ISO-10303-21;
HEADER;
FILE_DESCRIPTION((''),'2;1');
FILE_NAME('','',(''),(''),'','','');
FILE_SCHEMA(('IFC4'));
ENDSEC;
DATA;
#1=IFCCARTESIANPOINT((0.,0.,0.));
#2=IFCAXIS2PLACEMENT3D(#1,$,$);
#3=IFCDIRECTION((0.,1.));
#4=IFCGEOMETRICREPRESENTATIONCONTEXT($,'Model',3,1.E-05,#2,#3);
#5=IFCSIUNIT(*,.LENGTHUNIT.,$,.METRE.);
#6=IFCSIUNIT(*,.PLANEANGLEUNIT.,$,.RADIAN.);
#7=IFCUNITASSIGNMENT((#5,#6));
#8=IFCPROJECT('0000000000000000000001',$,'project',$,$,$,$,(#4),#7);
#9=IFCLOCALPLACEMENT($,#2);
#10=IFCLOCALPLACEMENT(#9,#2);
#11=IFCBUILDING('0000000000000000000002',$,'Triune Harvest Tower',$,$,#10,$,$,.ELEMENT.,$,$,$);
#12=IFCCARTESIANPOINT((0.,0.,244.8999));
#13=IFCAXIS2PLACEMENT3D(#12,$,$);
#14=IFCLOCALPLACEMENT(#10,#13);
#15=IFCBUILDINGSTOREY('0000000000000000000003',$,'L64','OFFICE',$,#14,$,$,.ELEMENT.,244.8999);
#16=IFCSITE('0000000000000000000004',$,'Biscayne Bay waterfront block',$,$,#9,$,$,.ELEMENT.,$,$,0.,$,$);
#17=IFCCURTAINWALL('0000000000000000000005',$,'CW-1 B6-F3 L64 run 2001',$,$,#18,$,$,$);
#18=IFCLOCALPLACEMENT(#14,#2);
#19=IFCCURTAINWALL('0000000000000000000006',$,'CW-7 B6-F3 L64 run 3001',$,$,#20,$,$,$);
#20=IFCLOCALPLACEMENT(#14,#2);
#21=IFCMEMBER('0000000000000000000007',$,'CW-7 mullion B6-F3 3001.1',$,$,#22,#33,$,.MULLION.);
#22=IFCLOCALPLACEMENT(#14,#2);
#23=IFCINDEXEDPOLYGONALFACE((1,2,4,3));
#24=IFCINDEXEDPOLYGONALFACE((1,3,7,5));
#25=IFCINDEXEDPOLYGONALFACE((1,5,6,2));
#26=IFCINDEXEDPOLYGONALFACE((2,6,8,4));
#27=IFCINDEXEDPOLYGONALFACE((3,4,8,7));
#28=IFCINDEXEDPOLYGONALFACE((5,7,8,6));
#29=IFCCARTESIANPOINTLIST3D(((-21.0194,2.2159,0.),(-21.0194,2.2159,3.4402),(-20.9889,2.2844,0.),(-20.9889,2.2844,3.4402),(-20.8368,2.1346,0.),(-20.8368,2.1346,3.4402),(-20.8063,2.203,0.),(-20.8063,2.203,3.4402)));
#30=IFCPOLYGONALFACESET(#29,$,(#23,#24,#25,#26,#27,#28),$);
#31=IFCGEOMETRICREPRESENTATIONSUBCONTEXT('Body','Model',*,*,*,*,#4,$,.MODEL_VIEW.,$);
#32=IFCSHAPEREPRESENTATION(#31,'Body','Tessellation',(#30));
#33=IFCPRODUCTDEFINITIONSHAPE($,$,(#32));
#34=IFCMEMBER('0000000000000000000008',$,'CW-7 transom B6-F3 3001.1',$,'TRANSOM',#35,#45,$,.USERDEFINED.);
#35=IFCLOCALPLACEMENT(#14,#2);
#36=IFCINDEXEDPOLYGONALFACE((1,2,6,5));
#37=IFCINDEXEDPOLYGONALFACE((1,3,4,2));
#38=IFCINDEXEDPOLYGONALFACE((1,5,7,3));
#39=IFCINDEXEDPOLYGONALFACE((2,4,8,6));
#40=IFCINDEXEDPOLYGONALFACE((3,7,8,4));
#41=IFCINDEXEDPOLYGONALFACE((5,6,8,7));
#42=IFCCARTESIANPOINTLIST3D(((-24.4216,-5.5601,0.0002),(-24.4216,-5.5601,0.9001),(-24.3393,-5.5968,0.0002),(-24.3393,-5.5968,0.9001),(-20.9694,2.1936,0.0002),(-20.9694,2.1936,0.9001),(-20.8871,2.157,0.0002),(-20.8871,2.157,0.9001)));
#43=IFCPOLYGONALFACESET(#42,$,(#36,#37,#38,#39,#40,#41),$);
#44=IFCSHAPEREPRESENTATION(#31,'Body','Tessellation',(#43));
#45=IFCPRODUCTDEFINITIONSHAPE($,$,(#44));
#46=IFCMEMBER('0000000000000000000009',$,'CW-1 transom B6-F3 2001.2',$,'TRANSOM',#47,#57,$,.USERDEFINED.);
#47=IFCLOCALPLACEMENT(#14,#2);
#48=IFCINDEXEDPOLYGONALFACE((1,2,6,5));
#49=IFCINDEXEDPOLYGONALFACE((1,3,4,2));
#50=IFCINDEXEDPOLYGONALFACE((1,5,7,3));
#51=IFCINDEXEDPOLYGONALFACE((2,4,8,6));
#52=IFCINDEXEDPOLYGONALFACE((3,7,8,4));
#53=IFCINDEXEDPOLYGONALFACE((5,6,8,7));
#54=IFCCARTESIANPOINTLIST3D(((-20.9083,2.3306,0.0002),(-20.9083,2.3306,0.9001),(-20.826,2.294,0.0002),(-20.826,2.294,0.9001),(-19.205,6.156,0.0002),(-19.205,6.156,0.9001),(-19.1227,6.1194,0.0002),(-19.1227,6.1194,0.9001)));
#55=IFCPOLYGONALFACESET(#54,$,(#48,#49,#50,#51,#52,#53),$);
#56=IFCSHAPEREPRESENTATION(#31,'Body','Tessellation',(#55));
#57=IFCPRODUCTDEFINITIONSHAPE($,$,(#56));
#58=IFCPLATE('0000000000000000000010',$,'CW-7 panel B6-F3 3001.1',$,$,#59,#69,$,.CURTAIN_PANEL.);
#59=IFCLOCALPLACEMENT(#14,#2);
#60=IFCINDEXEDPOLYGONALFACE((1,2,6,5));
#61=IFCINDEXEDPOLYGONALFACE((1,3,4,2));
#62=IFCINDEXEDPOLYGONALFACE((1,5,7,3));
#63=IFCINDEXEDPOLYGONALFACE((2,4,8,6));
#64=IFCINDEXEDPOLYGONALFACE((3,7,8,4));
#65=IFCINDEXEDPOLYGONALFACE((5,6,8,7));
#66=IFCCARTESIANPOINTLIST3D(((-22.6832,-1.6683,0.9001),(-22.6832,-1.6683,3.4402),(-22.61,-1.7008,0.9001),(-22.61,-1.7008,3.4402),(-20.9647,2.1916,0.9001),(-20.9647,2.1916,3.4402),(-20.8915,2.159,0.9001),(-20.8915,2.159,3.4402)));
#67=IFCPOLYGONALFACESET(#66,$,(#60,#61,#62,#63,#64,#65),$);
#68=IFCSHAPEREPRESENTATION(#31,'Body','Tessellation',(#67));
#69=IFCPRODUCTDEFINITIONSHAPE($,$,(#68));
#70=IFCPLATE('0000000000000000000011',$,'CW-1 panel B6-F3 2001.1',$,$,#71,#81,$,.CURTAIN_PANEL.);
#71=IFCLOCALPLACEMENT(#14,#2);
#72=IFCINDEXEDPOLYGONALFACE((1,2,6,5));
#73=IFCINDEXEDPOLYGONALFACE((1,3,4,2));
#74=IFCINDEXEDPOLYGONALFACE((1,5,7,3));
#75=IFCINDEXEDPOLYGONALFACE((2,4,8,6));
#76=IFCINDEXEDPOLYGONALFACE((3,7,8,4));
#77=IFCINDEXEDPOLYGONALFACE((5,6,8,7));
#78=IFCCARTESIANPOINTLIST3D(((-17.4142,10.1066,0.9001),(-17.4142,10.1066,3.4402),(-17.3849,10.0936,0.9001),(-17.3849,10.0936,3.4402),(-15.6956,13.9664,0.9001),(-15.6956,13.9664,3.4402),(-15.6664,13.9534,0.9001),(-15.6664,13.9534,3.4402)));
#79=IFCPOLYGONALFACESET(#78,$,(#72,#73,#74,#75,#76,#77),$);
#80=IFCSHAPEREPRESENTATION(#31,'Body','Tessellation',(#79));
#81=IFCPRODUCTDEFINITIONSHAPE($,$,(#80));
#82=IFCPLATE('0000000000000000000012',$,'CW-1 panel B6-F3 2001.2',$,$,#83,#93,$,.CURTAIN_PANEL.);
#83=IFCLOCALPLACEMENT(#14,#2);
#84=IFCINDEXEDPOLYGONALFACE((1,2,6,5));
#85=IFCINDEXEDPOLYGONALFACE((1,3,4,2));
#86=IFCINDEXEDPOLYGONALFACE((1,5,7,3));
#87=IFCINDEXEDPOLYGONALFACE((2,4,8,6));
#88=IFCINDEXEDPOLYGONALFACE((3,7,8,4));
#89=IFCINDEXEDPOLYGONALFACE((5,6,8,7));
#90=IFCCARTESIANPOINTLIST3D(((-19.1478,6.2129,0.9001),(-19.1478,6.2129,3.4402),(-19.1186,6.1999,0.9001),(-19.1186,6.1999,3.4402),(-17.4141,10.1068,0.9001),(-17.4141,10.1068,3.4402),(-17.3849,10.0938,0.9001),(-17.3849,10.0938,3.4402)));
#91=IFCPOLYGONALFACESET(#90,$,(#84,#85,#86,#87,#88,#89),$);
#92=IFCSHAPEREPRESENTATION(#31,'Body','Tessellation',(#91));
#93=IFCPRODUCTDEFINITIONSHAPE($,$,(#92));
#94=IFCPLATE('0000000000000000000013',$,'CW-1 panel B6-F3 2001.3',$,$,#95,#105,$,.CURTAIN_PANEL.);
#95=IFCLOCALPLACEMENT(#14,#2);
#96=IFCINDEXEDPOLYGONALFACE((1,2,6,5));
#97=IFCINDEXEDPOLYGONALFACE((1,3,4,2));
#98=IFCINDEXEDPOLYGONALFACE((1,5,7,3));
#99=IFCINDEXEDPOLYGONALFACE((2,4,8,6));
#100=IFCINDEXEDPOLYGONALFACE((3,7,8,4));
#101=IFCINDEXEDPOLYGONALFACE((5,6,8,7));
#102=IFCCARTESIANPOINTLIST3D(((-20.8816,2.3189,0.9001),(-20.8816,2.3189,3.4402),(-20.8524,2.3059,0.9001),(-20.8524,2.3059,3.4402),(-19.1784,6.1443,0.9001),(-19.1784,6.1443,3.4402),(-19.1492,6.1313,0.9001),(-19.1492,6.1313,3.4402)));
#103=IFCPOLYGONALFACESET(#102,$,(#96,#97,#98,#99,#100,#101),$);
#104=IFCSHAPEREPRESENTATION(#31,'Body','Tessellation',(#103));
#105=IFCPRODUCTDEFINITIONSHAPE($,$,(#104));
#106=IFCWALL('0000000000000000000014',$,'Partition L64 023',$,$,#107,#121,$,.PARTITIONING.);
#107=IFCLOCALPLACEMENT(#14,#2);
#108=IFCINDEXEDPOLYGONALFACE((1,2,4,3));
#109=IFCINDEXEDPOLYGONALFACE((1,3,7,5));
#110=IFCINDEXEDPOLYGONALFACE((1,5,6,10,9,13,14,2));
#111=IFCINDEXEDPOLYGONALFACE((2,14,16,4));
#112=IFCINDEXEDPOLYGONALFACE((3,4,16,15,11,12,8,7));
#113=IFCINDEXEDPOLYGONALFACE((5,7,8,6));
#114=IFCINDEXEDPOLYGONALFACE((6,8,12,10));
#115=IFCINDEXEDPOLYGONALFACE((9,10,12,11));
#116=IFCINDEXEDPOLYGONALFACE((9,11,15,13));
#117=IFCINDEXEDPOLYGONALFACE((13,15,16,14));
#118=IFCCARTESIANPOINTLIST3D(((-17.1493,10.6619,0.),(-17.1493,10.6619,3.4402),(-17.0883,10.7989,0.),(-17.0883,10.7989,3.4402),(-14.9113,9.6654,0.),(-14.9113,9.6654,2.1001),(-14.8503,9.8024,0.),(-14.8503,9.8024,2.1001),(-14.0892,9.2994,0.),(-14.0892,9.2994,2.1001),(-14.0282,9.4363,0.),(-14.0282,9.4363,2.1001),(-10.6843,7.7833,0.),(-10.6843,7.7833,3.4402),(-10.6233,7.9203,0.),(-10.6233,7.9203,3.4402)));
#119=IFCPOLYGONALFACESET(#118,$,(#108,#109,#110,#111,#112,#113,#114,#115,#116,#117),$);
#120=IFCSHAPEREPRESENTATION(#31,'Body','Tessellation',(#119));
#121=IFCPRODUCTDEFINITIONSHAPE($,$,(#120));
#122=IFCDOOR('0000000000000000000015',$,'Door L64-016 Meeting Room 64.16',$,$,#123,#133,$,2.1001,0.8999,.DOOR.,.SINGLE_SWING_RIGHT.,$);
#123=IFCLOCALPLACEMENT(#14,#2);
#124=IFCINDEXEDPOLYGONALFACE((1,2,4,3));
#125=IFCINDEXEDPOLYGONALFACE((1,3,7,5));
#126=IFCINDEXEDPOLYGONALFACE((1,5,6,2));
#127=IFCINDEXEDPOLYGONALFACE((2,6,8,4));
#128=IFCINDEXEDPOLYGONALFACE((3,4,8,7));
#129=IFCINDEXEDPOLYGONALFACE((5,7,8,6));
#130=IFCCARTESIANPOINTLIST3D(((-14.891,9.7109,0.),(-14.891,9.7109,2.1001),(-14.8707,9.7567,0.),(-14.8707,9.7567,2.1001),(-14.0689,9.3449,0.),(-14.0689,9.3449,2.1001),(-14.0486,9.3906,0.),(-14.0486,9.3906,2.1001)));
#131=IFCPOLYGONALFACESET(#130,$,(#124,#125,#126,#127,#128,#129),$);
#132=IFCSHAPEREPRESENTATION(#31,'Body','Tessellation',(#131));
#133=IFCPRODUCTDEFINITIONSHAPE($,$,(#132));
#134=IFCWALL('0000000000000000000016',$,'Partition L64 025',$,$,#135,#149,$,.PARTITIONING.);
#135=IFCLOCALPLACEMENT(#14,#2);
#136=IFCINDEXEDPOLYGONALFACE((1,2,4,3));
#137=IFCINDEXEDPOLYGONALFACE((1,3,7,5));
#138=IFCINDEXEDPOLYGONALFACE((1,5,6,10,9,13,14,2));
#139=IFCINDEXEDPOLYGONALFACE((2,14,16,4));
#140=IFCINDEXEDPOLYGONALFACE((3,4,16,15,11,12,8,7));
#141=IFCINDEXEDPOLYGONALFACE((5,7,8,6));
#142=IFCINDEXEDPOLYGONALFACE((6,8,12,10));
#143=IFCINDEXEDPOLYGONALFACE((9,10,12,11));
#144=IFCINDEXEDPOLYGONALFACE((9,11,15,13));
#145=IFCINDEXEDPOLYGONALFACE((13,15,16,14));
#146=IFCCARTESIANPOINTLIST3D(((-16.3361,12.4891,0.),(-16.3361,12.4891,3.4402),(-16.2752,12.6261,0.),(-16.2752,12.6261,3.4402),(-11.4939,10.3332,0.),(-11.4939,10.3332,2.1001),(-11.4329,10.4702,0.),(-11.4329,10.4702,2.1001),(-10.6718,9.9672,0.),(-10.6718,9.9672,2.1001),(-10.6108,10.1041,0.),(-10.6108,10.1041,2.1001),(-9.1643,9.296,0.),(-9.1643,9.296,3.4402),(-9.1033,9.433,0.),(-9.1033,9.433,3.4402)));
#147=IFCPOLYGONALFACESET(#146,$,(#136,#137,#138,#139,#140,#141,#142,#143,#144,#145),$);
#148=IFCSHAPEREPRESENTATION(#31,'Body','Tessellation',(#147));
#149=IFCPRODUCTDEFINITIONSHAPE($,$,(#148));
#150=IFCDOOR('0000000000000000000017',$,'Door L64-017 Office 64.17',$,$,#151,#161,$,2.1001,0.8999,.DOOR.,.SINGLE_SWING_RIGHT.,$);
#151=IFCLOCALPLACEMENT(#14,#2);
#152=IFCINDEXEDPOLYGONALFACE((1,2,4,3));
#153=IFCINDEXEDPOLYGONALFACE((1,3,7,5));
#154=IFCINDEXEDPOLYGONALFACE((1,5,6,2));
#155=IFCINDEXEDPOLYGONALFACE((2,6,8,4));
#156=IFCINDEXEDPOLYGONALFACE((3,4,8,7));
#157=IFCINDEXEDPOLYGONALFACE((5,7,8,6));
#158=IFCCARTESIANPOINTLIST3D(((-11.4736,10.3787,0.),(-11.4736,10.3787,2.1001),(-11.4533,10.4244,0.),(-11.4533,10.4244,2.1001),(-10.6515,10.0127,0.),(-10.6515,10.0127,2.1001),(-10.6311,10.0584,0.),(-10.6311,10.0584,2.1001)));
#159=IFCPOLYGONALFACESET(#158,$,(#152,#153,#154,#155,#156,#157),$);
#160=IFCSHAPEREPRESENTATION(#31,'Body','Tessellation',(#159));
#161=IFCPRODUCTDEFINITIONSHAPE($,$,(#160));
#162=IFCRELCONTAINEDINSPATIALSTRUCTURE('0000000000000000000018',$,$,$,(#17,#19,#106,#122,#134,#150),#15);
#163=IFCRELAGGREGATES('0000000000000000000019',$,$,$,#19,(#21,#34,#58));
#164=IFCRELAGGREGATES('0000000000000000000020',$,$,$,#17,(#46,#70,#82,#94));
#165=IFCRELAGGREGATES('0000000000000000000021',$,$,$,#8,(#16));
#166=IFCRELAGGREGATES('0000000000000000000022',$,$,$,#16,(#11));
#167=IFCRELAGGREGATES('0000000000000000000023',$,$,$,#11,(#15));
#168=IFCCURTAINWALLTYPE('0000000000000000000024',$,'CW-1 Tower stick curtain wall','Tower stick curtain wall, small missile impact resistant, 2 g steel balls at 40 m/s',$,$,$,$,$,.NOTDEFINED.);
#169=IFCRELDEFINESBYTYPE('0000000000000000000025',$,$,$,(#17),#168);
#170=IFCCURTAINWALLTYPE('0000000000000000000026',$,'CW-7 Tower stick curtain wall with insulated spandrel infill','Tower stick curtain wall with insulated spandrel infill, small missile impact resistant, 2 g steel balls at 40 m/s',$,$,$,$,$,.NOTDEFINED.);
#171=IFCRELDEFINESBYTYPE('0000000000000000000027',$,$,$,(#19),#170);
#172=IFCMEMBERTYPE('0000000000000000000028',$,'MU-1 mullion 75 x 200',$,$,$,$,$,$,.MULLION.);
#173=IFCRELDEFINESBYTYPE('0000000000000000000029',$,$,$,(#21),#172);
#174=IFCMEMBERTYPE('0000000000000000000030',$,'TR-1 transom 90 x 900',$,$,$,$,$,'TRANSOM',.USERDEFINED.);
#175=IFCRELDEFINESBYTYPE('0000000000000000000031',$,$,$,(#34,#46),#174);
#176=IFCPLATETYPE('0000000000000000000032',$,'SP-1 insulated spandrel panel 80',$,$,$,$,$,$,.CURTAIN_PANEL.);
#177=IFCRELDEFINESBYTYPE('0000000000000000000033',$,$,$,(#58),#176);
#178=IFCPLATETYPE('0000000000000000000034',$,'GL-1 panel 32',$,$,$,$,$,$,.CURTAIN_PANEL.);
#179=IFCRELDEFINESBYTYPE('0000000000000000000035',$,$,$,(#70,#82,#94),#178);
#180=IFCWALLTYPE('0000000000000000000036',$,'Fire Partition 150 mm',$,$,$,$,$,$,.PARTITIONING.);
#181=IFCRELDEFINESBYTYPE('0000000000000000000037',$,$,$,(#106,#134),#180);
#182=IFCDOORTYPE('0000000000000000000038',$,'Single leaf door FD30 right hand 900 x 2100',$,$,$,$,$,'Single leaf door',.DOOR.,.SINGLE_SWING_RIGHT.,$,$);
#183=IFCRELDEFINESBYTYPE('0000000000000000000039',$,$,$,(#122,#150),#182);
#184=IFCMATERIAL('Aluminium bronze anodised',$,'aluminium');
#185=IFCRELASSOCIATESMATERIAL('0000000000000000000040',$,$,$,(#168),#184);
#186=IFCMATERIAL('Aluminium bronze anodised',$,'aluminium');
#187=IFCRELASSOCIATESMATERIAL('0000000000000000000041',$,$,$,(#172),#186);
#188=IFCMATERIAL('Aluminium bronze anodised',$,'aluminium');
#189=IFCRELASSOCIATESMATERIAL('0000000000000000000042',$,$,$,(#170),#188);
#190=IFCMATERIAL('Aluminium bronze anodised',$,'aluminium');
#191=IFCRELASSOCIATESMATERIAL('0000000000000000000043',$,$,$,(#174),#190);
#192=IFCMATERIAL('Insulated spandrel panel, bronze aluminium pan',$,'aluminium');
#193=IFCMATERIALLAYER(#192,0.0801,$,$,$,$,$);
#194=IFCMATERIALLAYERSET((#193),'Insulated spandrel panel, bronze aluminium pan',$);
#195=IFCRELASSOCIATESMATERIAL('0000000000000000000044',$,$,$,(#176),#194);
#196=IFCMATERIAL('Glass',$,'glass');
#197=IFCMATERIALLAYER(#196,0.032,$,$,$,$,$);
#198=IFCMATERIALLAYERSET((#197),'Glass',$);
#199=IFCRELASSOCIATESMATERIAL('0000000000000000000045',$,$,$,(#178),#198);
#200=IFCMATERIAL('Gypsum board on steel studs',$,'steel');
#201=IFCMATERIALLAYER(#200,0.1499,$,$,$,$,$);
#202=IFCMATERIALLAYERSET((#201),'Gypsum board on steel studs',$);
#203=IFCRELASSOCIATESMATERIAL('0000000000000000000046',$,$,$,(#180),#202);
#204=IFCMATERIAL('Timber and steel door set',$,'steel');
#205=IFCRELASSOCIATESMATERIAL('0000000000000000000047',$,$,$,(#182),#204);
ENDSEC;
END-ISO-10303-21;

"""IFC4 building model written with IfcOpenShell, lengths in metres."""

from ifc_helpers import new_model, si_unit, direction, frame, frame_2d, origin, origin_2d, place, context, subcontext, project, spatial, rectangle, extrude, source, transform, mapped, material, layer, layer_set, material_profile, profile_set, type_object, element, fill, aggregate, save


model = new_model("IFC4")

# Units and contexts
model_context = context("Model", 3, precision=1e-05, world=origin(), true_north=direction((0.0, 1.0)))
body_context = subcontext(model_context, "Body", "Model", "MODEL_VIEW")
ifc_project = project(units=[si_unit("LENGTHUNIT", "METRE"), si_unit("PLANEANGLEUNIT", "RADIAN")], contexts=[model_context])

# Site, building, storey
site_placement = place(None, origin())
site = spatial("IfcSite", under=ifc_project, at=site_placement, Name="Biscayne Bay waterfront block", CompositionType="ELEMENT", RefElevation=0.0)
building_placement = place(site_placement, origin())
building = spatial("IfcBuilding", under=site, at=building_placement, Name="Triune Harvest Tower", CompositionType="ELEMENT")
storey_placement = place(building_placement, frame((0.0, 0.0, 244.8999)))
storey = spatial("IfcBuildingStorey", under=building, at=storey_placement, Name="L64", Description="OFFICE", CompositionType="ELEMENT", Elevation=244.8999)

# Curtain walls, members
ifc_material_1 = material(Name="Aluminium bronze anodised", Category="aluminium")
curtain_wall_type_1 = type_object("IfcCurtainWallType", Name="CW-1 Tower stick curtain wall", Description="Tower stick curtain wall, small missile impact resistant, 2 g steel balls at 40 m/s", PredefinedType="NOTDEFINED", material=ifc_material_1)
curtain_wall_1_placement = place(storey_placement, origin())
curtain_wall_1 = element("IfcCurtainWall", 1, at=curtain_wall_1_placement, inside=storey, type_object=curtain_wall_type_1, Name="CW-1 B6-F3 L64 run 2001")
ifc_material_2 = material(Name="Aluminium bronze anodised", Category="aluminium")
ifc_material_profile_1 = material_profile(ifc_material_2, rectangle(XDim=0.2, YDim=0.075, at=origin_2d()), Name="MU-1 mullion 75 x 200")
ifc_profile_set_1 = profile_set([ifc_material_profile_1], Name="Aluminium bronze anodised")
member_type_1 = type_object("IfcMemberType", Name="MU-1 mullion 75 x 200", PredefinedType="MULLION", material=ifc_profile_set_1)
shared_shape_1 = source(origin(), body_context, "Body", "SweptSolid", [
    extrude(rectangle(XDim=0.2, YDim=0.075, at=origin_2d()), origin(), (0.0, 0.0, 1.0), 3.4402),
])
ifc_material_3 = material(Name="Aluminium bronze anodised", Category="aluminium")
curtain_wall_type_2 = type_object("IfcCurtainWallType", Name="CW-7 Tower stick curtain wall with insulated spandrel infill", Description="Tower stick curtain wall with insulated spandrel infill, small missile impact resistant, 2 g steel balls at 40 m/s", PredefinedType="NOTDEFINED", material=ifc_material_3)
curtain_wall_2_placement = place(storey_placement, origin())
curtain_wall_2 = element("IfcCurtainWall", 2, at=curtain_wall_2_placement, inside=storey, type_object=curtain_wall_type_2, Name="CW-7 B6-F3 L64 run 3001")
member_1_placement = place(storey_placement, frame((-20.9128, 2.2095, 0.0), z_axis=(0.0, 0.0, 1.0), x_axis=(0.913546, -0.406735, 0.0)))
member_1 = element("IfcMember", 3, at=member_1_placement, type_object=member_type_1, Name="CW-7 mullion B6-F3 3001.1", PredefinedType="MULLION", context=body_context, shape_type="MappedRepresentation", body=[
    mapped(shared_shape_1, transform((0.0, 0.0, 0.0), scale=1.0)),
])
ifc_material_4 = material(Name="Aluminium bronze anodised", Category="aluminium")
ifc_material_profile_2 = material_profile(ifc_material_4, rectangle(XDim=0.0901, YDim=0.8999, at=origin_2d()), Name="TR-1 transom 90 x 900")
ifc_profile_set_2 = profile_set([ifc_material_profile_2], Name="Aluminium bronze anodised")
member_type_2 = type_object("IfcMemberType", Name="TR-1 transom 90 x 900", ElementType="TRANSOM", PredefinedType="USERDEFINED", material=ifc_profile_set_2)
shared_shape_2 = source(origin(), body_context, "Body", "SweptSolid", [
    extrude(rectangle(XDim=0.0901, YDim=0.8999, at=origin_2d()), origin(), (0.0, 0.0, 1.0), 8.4875),
])
member_2_placement = place(storey_placement, frame((-20.9282, 2.1753, 0.4502), z_axis=(-0.406736, -0.913546, 0.0), x_axis=(0.913546, -0.406736, 0.0)))
member_2 = element("IfcMember", 4, at=member_2_placement, type_object=member_type_2, Name="CW-7 transom B6-F3 3001.1", ObjectType="TRANSOM", PredefinedType="USERDEFINED", context=body_context, shape_type="MappedRepresentation", body=[
    mapped(shared_shape_2, transform((0.0, 0.0, 0.0), scale=1.0)),
])

# Member
shared_shape_3 = source(origin(), body_context, "Body", "SweptSolid", [
    extrude(rectangle(XDim=0.0901, YDim=0.8999, at=origin_2d()), origin(), (0.0, 0.0, 1.0), 4.1875),
])
member_3_placement = place(storey_placement, frame((-19.1638, 6.1377, 0.4502), z_axis=(-0.406771, -0.91353, 0.0), x_axis=(0.91353, -0.406771, 0.0)))
member_3 = element("IfcMember", 5, at=member_3_placement, type_object=member_type_2, Name="CW-1 transom B6-F3 2001.2", ObjectType="TRANSOM", PredefinedType="USERDEFINED", context=body_context, shape_type="MappedRepresentation", body=[
    mapped(shared_shape_3, transform((0.0, 0.0, 0.0), scale=1.0)),
])

# Plates
ifc_material_5 = material(Name="Insulated spandrel panel, bronze aluminium pan", Category="aluminium")
ifc_layer_1 = layer(ifc_material_5, 0.0801)
ifc_layer_set_1 = layer_set([ifc_layer_1], Name="Insulated spandrel panel, bronze aluminium pan")
plate_type_1 = type_object("IfcPlateType", Name="SP-1 insulated spandrel panel 80", PredefinedType="CURTAIN_PANEL", material=ifc_layer_set_1)
shared_shape_4 = source(origin(), body_context, "Body", "SweptSolid", [
    extrude(rectangle(XDim=4.2251, YDim=0.0801, at=origin_2d()), origin(), (0.0, 0.0, 1.0), 2.54),
])
plate_1_placement = place(storey_placement, frame((-21.7874, 0.2454, 0.9001), z_axis=(0.0, 0.0, 1.0), x_axis=(-0.406735, -0.913546, 0.0)))
plate_1 = element("IfcPlate", 6, at=plate_1_placement, type_object=plate_type_1, Name="CW-7 panel B6-F3 3001.1", PredefinedType="CURTAIN_PANEL", context=body_context, shape_type="MappedRepresentation", body=[
    mapped(shared_shape_4, transform((0.0, 0.0, 0.0), scale=1.0)),
])
aggregate(curtain_wall_2, [member_1, member_2, plate_1])
ifc_material_6 = material(Name="Glass", Category="glass")
ifc_layer_2 = layer(ifc_material_6, 0.032)
ifc_layer_set_2 = layer_set([ifc_layer_2], Name="Glass")
plate_type_2 = type_object("IfcPlateType", Name="GL-1 panel 32", PredefinedType="CURTAIN_PANEL", material=ifc_layer_set_2)
shared_shape_5 = source(origin(), body_context, "Body", "SweptSolid", [
    extrude(rectangle(XDim=4.2251, YDim=0.032, at=origin_2d()), origin(), (0.0, 0.0, 1.0), 2.54),
])
plate_2_placement = place(storey_placement, frame((-16.5403, 12.03, 0.9001), z_axis=(0.0, 0.0, 1.0), x_axis=(-0.406744, -0.913542, 0.0)))
plate_2 = element("IfcPlate", 7, at=plate_2_placement, type_object=plate_type_2, Name="CW-1 panel B6-F3 2001.1", PredefinedType="CURTAIN_PANEL", context=body_context, shape_type="MappedRepresentation", body=[
    mapped(shared_shape_5, transform((0.0, 0.0, 0.0), scale=1.0)),
])
shared_shape_6 = source(origin(), body_context, "Body", "SweptSolid", [
    extrude(rectangle(XDim=4.2625, YDim=0.032, at=origin_2d()), origin(), (0.0, 0.0, 1.0), 2.54),
])
plate_3_placement = place(storey_placement, frame((-18.2664, 8.1533, 0.9001), z_axis=(0.0, 0.0, 1.0), x_axis=(-0.406744, -0.913542, 0.0)))
plate_3 = element("IfcPlate", 8, at=plate_3_placement, type_object=plate_type_2, Name="CW-1 panel B6-F3 2001.2", PredefinedType="CURTAIN_PANEL", context=body_context, shape_type="MappedRepresentation", body=[
    mapped(shared_shape_6, transform((0.0, 0.0, 0.0), scale=1.0)),
])
shared_shape_7 = source(origin(), body_context, "Body", "SweptSolid", [
    extrude(rectangle(XDim=4.1875, YDim=0.032, at=origin_2d()), origin(), (0.0, 0.0, 1.0), 2.54),
])
plate_4_placement = place(storey_placement, frame((-20.0154, 4.2251, 0.9001), z_axis=(0.0, 0.0, 1.0), x_axis=(-0.406744, -0.913542, 0.0)))
plate_4 = element("IfcPlate", 9, at=plate_4_placement, type_object=plate_type_2, Name="CW-1 panel B6-F3 2001.3", PredefinedType="CURTAIN_PANEL", context=body_context, shape_type="MappedRepresentation", body=[
    mapped(shared_shape_7, transform((0.0, 0.0, 0.0), scale=1.0)),
])
aggregate(curtain_wall_1, [member_3, plate_2, plate_3, plate_4])

# Walls, openings, doors
ifc_material_7 = material(Name="Gypsum board on steel studs", Category="steel")
ifc_layer_3 = layer(ifc_material_7, 0.1499)
ifc_layer_set_3 = layer_set([ifc_layer_3], Name="Gypsum board on steel studs")
wall_type_1 = type_object("IfcWallType", Name="Fire Partition 150 mm", PredefinedType="PARTITIONING", material=ifc_layer_set_3)
wall_1_placement = place(storey_placement, frame((-17.1189, 10.7305, 0.0), z_axis=(0.0, 0.0, 1.0), x_axis=(0.913534, -0.406763, 0.0)))
wall_1 = element("IfcWall", 10, at=wall_1_placement, inside=storey, type_object=wall_type_1, Name="Partition L64 023", PredefinedType="PARTITIONING", context=body_context, shape_type="SweptSolid", body=[
    extrude(rectangle(XDim=7.0769, YDim=0.1499, at=frame_2d((3.5386, 0.0))), origin(), (0.0, 0.0, 1.0), 3.4402),
])
opening_1_placement = place(wall_1_placement, frame((2.45, 0.0, 0.0)))
opening_1 = element("IfcOpeningElement", 11, at=opening_1_placement, cuts=wall_1, PredefinedType="OPENING", context=body_context, shape_type="SweptSolid", body=[
    extrude(rectangle(XDim=0.8999, YDim=2.1001, at=frame_2d((0.45, 1.05))), frame((0.0, 0.085, 0.0), z_axis=(0.0, -1.0, 0.0), x_axis=(1.0, 0.0, 0.0)), (0.0, 0.0, 1.0), 0.1699),
])
ifc_material_8 = material(Name="Timber and steel door set", Category="steel")
door_type_1 = type_object("IfcDoorType", Name="Single leaf door FD30 right hand 900 x 2100", ElementType="Single leaf door", OperationType="SINGLE_SWING_RIGHT", PredefinedType="DOOR", material=ifc_material_8)
door_1_placement = place(opening_1_placement, origin())
door_1 = element("IfcDoor", 12, at=door_1_placement, inside=storey, type_object=door_type_1, Name="Door L64-016 Meeting Room 64.16", OperationType="SINGLE_SWING_RIGHT", OverallHeight=2.1001, OverallWidth=0.8999, PredefinedType="DOOR", context=body_context, shape_type="SweptSolid", body=[
    extrude(rectangle(XDim=0.8999, YDim=2.1001, at=frame_2d((0.45, 1.05))), frame((0.0, 0.0249, 0.0), z_axis=(0.0, -1.0, 0.0), x_axis=(1.0, 0.0, 0.0)), (0.0, 0.0, 1.0), 0.05),
])
fill(opening_1, door_1)
wall_2_placement = place(storey_placement, frame((-16.3057, 12.5576, 0.0), z_axis=(0.0, 0.0, 1.0), x_axis=(0.913546, -0.406736, 0.0)))
wall_2 = element("IfcWall", 13, at=wall_2_placement, inside=storey, type_object=wall_type_1, Name="Partition L64 025", PredefinedType="PARTITIONING", context=body_context, shape_type="SweptSolid", body=[
    extrude(rectangle(XDim=7.8506, YDim=0.1499, at=frame_2d((3.9253, 0.0))), origin(), (0.0, 0.0, 1.0), 3.4402),
])
opening_2_placement = place(wall_2_placement, frame((5.3005, 0.0, 0.0)))
opening_2 = element("IfcOpeningElement", 14, at=opening_2_placement, cuts=wall_2, PredefinedType="OPENING", context=body_context, shape_type="SweptSolid", body=[
    extrude(rectangle(XDim=0.8999, YDim=2.1001, at=frame_2d((0.45, 1.05))), frame((0.0, 0.085, 0.0), z_axis=(0.0, -1.0, 0.0), x_axis=(1.0, 0.0, 0.0)), (0.0, 0.0, 1.0), 0.1699),
])
door_2_placement = place(opening_2_placement, origin())
door_2 = element("IfcDoor", 15, at=door_2_placement, inside=storey, type_object=door_type_1, Name="Door L64-017 Office 64.17", OperationType="SINGLE_SWING_RIGHT", OverallHeight=2.1001, OverallWidth=0.8999, PredefinedType="DOOR", context=body_context, shape_type="SweptSolid", body=[
    extrude(rectangle(XDim=0.8999, YDim=2.1001, at=frame_2d((0.45, 1.05))), frame((0.0, 0.0249, 0.0), z_axis=(0.0, -1.0, 0.0), x_axis=(1.0, 0.0, 0.0)), (0.0, 0.0, 1.0), 0.05),
])
fill(opening_2, door_2)

save(model, "model.ifc")
